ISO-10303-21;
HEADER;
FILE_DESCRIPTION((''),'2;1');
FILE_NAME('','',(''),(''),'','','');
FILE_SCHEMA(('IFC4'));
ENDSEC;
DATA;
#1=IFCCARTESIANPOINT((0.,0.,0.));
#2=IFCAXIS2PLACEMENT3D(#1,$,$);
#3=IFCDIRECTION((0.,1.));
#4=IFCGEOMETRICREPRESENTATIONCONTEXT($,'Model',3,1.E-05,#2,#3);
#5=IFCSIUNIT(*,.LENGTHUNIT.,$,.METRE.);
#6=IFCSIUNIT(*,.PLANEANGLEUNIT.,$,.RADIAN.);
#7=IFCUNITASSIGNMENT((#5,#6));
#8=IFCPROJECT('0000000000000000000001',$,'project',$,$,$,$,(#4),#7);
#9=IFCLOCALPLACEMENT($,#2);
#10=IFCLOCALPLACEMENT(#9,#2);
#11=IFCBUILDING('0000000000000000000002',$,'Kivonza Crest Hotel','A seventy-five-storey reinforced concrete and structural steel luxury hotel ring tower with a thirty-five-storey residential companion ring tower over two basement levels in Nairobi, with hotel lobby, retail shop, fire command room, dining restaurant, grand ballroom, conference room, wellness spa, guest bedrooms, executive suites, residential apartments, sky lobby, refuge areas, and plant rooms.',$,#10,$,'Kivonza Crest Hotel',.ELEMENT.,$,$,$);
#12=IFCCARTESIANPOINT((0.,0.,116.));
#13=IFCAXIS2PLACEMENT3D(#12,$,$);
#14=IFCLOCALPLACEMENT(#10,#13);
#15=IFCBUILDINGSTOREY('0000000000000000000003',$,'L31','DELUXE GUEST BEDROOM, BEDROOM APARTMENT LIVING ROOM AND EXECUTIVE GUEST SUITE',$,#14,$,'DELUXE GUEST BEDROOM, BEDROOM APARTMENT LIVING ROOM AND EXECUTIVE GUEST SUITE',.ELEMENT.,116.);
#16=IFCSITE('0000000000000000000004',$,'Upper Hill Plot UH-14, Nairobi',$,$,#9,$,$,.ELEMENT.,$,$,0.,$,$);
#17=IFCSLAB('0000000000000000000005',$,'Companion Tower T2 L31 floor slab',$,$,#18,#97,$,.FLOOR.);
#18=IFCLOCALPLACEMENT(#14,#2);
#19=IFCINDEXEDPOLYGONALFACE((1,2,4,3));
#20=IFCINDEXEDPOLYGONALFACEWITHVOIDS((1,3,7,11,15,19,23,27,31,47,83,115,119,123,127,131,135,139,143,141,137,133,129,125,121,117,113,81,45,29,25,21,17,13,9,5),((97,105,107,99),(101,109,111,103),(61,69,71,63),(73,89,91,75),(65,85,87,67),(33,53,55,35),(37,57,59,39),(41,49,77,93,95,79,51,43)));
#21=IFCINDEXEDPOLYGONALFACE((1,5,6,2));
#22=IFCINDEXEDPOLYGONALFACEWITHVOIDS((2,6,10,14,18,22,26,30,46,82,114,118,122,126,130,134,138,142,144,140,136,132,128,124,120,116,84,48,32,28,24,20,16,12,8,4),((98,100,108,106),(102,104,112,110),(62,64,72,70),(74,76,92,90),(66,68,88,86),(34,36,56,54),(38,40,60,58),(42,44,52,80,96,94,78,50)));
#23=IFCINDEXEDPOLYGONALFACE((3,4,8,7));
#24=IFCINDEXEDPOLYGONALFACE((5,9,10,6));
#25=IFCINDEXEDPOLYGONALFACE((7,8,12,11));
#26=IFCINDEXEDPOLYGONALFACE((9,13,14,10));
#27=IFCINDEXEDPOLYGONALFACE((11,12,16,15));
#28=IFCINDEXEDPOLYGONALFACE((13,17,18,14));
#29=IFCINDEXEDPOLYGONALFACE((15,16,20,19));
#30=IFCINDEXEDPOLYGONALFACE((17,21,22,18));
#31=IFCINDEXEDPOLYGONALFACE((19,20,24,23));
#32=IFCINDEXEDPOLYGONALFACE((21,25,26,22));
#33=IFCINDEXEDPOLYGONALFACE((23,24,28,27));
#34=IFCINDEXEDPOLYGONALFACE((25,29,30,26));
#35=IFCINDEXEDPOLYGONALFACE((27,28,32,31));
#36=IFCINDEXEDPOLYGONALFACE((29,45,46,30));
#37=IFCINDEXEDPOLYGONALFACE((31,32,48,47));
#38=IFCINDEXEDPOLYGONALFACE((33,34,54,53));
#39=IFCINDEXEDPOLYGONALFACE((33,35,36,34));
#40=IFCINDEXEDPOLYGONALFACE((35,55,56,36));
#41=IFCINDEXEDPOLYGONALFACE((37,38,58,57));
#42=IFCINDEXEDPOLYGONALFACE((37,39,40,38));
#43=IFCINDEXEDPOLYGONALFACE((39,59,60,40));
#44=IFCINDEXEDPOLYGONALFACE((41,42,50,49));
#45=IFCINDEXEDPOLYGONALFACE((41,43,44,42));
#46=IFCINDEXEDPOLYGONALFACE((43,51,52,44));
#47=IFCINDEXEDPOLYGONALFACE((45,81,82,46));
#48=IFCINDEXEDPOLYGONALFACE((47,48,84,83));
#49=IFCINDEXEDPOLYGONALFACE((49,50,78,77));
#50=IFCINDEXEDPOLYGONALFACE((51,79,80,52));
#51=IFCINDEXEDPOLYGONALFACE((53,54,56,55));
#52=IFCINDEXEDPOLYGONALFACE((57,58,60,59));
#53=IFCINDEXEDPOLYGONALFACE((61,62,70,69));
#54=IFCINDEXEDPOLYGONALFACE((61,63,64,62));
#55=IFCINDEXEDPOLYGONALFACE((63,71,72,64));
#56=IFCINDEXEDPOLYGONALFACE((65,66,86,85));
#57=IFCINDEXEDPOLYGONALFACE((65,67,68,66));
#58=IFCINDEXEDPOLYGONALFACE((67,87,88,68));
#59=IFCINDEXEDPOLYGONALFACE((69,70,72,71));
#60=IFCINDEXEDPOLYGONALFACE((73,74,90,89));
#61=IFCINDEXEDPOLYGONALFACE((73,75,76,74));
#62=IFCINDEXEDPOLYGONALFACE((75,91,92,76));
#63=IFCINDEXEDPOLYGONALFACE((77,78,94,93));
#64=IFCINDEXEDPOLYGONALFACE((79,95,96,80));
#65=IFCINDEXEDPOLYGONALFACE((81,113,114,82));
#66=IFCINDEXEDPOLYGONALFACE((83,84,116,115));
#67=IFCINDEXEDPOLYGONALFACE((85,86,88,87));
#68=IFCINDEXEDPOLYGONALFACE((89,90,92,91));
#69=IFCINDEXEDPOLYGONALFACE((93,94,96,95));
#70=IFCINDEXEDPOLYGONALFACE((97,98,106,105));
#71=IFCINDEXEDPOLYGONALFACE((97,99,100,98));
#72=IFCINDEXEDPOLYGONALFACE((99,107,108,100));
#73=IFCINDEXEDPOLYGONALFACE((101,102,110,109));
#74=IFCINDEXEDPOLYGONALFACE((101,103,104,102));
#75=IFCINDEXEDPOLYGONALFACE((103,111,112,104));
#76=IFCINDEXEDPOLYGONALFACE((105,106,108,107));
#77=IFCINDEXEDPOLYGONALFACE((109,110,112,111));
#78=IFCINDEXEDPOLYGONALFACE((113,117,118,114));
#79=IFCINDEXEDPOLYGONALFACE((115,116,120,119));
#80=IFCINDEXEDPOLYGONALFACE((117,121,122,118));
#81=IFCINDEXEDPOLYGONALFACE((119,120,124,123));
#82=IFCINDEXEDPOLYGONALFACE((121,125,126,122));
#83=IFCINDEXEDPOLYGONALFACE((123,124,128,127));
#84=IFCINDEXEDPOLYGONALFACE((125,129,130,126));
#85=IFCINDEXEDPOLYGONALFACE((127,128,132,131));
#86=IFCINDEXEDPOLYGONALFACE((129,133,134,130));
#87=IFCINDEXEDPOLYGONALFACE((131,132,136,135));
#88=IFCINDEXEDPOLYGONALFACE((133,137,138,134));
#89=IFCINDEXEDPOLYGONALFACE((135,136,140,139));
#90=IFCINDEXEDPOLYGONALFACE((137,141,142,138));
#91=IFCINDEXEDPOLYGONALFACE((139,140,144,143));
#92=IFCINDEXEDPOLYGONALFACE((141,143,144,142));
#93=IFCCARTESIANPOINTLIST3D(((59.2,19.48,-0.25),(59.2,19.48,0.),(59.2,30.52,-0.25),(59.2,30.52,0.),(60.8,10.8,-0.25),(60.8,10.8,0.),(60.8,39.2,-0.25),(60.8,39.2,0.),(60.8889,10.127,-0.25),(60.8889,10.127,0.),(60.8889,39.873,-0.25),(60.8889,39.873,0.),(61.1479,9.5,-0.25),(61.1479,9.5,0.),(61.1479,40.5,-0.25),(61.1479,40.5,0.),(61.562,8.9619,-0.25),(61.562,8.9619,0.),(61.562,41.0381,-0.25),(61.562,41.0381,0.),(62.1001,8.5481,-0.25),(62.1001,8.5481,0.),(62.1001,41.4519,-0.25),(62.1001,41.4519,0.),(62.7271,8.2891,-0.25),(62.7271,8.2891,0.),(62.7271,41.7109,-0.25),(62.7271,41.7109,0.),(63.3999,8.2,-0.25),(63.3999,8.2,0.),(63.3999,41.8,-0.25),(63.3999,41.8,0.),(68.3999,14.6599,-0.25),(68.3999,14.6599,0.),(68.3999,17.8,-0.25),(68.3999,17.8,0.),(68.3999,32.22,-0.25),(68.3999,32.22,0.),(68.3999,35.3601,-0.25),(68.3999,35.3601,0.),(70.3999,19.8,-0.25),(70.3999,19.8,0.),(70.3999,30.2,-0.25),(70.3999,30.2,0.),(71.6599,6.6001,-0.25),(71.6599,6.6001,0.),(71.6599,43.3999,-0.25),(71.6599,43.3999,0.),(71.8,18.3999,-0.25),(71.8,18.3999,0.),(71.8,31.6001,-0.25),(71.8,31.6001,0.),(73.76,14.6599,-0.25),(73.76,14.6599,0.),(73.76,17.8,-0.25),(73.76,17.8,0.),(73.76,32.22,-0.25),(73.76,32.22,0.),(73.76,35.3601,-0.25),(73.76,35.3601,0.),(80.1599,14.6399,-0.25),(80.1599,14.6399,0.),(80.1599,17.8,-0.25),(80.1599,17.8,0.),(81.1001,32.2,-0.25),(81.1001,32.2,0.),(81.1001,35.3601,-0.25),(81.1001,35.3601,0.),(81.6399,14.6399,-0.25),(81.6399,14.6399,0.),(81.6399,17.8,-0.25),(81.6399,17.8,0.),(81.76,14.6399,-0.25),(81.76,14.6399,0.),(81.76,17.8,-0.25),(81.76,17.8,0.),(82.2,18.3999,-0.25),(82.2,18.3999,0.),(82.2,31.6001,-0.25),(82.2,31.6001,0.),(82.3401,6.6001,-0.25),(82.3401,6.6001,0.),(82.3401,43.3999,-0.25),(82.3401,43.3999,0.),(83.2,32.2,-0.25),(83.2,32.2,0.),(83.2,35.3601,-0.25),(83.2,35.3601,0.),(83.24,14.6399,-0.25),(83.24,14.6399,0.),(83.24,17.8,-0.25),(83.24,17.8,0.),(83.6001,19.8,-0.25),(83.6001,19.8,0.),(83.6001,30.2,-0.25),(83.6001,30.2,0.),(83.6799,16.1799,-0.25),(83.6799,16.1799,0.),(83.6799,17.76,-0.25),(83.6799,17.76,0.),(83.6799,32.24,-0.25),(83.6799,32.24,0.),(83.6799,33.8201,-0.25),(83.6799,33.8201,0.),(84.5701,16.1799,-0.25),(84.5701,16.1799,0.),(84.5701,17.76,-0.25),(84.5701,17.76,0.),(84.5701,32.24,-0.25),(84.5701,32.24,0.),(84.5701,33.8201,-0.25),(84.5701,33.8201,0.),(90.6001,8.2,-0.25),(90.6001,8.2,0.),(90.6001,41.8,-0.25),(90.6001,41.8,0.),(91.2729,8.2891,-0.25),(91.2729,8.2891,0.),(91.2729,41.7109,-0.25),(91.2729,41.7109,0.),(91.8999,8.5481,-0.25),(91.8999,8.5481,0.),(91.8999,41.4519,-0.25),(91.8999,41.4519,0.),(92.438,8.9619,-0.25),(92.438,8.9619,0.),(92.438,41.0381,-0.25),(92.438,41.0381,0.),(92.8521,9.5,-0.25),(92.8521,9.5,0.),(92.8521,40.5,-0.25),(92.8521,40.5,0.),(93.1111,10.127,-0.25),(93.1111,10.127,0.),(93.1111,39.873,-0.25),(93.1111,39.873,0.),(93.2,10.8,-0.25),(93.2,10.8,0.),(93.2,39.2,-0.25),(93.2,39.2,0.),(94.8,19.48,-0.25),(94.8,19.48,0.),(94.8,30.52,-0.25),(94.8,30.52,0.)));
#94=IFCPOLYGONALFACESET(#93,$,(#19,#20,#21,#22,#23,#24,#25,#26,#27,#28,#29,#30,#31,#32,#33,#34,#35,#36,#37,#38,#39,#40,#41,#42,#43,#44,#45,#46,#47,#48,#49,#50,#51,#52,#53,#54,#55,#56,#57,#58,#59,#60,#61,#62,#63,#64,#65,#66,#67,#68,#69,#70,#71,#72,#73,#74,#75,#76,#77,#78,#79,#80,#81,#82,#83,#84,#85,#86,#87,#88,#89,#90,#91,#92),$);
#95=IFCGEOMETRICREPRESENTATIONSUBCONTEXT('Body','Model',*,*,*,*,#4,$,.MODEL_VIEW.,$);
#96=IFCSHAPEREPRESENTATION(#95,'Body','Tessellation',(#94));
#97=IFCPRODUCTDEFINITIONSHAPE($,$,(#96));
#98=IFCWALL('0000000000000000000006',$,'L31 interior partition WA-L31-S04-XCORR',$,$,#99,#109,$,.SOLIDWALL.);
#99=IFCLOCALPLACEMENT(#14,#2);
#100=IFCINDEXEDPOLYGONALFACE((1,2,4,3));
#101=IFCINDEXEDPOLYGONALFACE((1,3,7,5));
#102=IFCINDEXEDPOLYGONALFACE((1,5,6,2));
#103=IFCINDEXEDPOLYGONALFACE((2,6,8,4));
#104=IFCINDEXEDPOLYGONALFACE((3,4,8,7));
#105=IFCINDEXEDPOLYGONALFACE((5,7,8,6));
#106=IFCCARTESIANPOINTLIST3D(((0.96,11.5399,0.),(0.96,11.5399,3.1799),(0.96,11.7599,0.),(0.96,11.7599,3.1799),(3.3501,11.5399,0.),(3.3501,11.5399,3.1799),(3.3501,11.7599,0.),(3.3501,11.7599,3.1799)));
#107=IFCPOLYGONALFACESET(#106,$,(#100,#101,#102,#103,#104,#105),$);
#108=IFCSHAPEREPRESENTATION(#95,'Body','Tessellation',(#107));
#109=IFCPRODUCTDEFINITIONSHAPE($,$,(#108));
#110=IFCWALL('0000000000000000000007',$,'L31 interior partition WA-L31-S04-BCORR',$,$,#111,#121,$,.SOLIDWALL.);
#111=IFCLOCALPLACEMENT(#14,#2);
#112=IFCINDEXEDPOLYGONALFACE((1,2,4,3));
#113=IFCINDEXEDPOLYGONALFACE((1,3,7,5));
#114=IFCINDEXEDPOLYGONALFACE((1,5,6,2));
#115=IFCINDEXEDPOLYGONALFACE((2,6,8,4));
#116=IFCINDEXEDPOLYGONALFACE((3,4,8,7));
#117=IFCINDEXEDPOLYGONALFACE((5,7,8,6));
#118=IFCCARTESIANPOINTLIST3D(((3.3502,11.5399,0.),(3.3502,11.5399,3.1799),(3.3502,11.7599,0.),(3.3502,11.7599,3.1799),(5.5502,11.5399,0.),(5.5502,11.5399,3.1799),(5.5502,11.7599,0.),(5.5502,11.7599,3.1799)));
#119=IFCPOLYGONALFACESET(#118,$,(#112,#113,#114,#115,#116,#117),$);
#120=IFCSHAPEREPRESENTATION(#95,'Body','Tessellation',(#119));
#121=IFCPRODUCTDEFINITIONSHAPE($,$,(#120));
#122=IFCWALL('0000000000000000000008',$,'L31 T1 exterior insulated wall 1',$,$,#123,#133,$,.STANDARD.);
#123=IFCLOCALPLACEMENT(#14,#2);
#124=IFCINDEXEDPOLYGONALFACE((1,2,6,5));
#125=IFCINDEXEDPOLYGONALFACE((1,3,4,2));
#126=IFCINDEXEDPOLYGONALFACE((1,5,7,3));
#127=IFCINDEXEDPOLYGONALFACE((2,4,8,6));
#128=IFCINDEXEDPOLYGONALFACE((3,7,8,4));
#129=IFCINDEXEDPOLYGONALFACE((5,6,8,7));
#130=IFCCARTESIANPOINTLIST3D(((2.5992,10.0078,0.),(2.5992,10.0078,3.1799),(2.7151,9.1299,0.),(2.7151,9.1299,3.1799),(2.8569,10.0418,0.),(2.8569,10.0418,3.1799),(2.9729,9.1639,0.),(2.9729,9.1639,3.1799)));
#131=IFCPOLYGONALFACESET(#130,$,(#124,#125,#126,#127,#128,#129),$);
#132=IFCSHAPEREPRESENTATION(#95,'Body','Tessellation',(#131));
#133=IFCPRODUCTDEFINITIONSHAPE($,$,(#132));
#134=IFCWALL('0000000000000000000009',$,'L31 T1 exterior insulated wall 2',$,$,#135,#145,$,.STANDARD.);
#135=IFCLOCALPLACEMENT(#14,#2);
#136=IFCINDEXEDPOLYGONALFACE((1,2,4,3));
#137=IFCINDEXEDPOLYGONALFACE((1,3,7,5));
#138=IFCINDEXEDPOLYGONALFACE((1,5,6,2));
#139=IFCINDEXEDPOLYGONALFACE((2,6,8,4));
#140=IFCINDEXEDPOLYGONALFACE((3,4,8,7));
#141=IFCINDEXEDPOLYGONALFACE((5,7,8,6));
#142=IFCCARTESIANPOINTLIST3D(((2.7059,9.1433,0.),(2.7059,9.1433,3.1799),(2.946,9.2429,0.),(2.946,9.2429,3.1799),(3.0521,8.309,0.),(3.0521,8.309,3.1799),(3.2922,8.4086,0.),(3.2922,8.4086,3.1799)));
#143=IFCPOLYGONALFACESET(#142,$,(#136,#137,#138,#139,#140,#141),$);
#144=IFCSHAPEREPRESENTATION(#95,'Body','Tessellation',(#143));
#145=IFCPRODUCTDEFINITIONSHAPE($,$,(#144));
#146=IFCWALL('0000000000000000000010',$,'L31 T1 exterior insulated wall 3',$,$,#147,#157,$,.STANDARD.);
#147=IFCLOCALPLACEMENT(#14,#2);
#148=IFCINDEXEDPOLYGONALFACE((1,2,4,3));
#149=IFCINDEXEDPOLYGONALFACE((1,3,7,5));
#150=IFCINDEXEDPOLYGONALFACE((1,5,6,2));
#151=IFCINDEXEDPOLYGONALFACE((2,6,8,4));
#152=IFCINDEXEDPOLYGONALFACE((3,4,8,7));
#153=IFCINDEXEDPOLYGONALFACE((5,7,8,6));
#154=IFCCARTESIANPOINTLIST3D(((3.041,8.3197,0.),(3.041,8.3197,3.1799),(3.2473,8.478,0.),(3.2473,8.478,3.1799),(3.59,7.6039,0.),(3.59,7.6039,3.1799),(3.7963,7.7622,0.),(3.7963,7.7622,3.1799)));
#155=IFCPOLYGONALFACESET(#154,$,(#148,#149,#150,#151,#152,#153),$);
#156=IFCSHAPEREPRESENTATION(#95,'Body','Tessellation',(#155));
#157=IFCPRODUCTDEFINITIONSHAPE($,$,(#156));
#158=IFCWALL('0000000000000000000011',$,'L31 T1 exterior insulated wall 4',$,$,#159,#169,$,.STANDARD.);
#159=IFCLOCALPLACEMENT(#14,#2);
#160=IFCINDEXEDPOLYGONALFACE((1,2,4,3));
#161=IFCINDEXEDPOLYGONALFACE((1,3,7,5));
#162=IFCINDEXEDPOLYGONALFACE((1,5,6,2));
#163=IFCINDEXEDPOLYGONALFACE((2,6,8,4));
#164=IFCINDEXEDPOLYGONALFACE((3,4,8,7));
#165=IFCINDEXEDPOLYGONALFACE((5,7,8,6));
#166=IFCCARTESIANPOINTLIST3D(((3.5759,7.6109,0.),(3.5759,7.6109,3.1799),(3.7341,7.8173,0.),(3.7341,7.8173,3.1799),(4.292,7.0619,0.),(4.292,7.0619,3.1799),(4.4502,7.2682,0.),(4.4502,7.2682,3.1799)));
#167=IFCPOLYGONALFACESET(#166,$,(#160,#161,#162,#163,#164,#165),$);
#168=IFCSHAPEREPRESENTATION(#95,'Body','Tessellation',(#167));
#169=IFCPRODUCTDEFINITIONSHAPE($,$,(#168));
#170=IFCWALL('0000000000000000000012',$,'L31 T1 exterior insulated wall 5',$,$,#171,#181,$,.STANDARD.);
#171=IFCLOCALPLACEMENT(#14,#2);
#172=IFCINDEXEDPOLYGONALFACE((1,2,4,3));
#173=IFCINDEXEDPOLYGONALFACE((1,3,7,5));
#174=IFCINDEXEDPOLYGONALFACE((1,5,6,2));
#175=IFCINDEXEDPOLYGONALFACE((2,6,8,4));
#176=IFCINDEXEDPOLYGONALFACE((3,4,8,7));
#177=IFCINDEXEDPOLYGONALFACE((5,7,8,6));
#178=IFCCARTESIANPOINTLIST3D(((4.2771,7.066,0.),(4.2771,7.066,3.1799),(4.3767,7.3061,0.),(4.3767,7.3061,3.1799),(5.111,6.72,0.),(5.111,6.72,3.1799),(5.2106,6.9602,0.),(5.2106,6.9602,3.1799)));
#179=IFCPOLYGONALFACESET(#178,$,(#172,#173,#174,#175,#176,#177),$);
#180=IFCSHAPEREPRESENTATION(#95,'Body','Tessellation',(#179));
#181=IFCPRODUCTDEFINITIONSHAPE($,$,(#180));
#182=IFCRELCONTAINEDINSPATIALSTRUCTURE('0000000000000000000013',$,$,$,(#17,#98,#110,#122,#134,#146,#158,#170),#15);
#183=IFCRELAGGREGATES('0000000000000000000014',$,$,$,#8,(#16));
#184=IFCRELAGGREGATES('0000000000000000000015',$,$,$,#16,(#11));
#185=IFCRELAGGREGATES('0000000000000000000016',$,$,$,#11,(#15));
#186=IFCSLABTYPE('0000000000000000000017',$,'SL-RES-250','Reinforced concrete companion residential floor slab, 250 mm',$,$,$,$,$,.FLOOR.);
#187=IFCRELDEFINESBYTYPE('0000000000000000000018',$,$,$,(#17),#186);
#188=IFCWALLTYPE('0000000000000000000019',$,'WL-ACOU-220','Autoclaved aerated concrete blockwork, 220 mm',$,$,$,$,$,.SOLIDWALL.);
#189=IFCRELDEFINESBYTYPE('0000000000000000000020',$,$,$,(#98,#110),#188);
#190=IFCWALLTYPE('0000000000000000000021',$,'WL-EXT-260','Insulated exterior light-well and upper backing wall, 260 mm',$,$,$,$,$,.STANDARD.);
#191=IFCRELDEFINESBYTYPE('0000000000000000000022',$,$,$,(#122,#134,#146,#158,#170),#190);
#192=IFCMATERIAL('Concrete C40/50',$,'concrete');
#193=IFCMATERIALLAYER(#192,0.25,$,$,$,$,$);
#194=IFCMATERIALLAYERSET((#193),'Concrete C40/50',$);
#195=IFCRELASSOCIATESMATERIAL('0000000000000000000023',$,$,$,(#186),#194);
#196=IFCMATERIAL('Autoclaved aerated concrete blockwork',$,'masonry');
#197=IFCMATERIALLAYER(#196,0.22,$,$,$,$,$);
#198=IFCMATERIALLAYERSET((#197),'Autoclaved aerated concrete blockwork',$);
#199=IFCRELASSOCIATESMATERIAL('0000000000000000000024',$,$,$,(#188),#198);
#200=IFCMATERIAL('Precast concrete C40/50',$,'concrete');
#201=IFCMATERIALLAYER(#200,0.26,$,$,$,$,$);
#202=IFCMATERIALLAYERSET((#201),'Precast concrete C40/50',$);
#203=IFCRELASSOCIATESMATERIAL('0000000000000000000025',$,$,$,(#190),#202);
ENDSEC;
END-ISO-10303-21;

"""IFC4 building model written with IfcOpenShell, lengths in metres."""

from ifc_helpers import new_model, si_unit, direction, frame, frame_2d, origin, place, context, subcontext, project, spatial, polyline, rectangle, outline, extrude, material, layer, layer_set, type_object, element, save


model = new_model("IFC4")

# Units and contexts
model_context = context("Model", 3, precision=1e-05, world=origin(), true_north=direction((0.0, 1.0)))
body_context = subcontext(model_context, "Body", "Model", "MODEL_VIEW")
ifc_project = project(units=[si_unit("LENGTHUNIT", "METRE"), si_unit("PLANEANGLEUNIT", "RADIAN")], contexts=[model_context])

# Site, building, storey
site_placement = place(None, origin())
site = spatial("IfcSite", under=ifc_project, at=site_placement, Name="Upper Hill Plot UH-14, Nairobi", CompositionType="ELEMENT", RefElevation=0.0)
building_placement = place(site_placement, origin())
building = spatial("IfcBuilding", under=site, at=building_placement, Name="Kivonza Crest Hotel", Description="A seventy-five-storey reinforced concrete and structural steel luxury hotel ring tower with a thirty-five-storey residential companion ring tower over two basement levels in Nairobi, with hotel lobby, retail shop, fire command room, dining restaurant, grand ballroom, conference room, wellness spa, guest bedrooms, executive suites, residential apartments, sky lobby, refuge areas, and plant rooms.", LongName="Kivonza Crest Hotel", CompositionType="ELEMENT")
storey_placement = place(building_placement, frame((0.0, 0.0, 116.0)))
storey = spatial("IfcBuildingStorey", under=building, at=storey_placement, Name="L31", Description="DELUXE GUEST BEDROOM, BEDROOM APARTMENT LIVING ROOM AND EXECUTIVE GUEST SUITE", LongName="DELUXE GUEST BEDROOM, BEDROOM APARTMENT LIVING ROOM AND EXECUTIVE GUEST SUITE", CompositionType="ELEMENT", Elevation=116.0)

# Shared definitions
ifc_material_1 = material(Name="Concrete C40/50", Category="concrete")

# Slab
ifc_layer_1 = layer(ifc_material_1, 0.25)
ifc_layer_set_1 = layer_set([ifc_layer_1], Name="Concrete C40/50")
slab_type_1 = type_object("IfcSlabType", Name="SL-RES-250", Description="Reinforced concrete companion residential floor slab, 250 mm", PredefinedType="FLOOR", material=ifc_layer_set_1)
slab_1_placement = place(storey_placement, frame((0.0, 0.0, -0.25)))
element("IfcSlab", 1, at=slab_1_placement, inside=storey, type_object=slab_type_1, Name="Companion Tower T2 L31 floor slab", PredefinedType="FLOOR", context=body_context, shape_type="SweptSolid", body=[
    extrude(outline(polyline([(60.8, 10.8), (60.8889, 10.127), (61.1479, 9.5), (61.562, 8.9619), (62.1001, 8.5481), (62.7271, 8.2891), (63.3999, 8.2), (71.6599, 6.6001), (82.3401, 6.6001), (90.6001, 8.2), (91.2729, 8.2891), (91.8999, 8.5481), (92.438, 8.9619), (92.8521, 9.5), (93.1111, 10.127), (93.2, 10.8), (94.8, 19.48), (94.8, 30.52), (93.2, 39.2), (93.1111, 39.873), (92.8521, 40.5), (92.438, 41.0381), (91.8999, 41.4519), (91.2729, 41.7109), (90.6001, 41.8), (82.3401, 43.3999), (71.6599, 43.3999), (63.3999, 41.8), (62.7271, 41.7109), (62.1001, 41.4519), (61.562, 41.0381), (61.1479, 40.5), (60.8889, 39.873), (60.8, 39.2), (59.2, 30.52), (59.2, 19.48), (60.8, 10.8)]), holes=[polyline([(71.8, 18.3999), (82.2, 18.3999), (83.6001, 19.8), (83.6001, 30.2), (82.2, 31.6001), (71.8, 31.6001), (70.3999, 30.2), (70.3999, 19.8), (71.8, 18.3999)]), polyline([(68.3999, 32.22), (73.76, 32.22), (73.76, 35.3601), (68.3999, 35.3601), (68.3999, 32.22)]), polyline([(68.3999, 14.6599), (73.76, 14.6599), (73.76, 17.8), (68.3999, 17.8), (68.3999, 14.6599)]), polyline([(83.6799, 32.24), (84.5701, 32.24), (84.5701, 33.8201), (83.6799, 33.8201), (83.6799, 32.24)]), polyline([(83.6799, 16.1799), (84.5701, 16.1799), (84.5701, 17.76), (83.6799, 17.76), (83.6799, 16.1799)]), polyline([(81.1001, 32.2), (83.2, 32.2), (83.2, 35.3601), (81.1001, 35.3601), (81.1001, 32.2)]), polyline([(80.1599, 14.6399), (81.6399, 14.6399), (81.6399, 17.8), (80.1599, 17.8), (80.1599, 14.6399)]), polyline([(81.76, 14.6399), (83.24, 14.6399), (83.24, 17.8), (81.76, 17.8), (81.76, 14.6399)])]), origin(), (0.0, 0.0, 1.0), 0.25),
])

# Walls
ifc_material_2 = material(Name="Autoclaved aerated concrete blockwork", Category="masonry")
ifc_layer_2 = layer(ifc_material_2, 0.22)
ifc_layer_set_2 = layer_set([ifc_layer_2], Name="Autoclaved aerated concrete blockwork")
wall_type_1 = type_object("IfcWallType", Name="WL-ACOU-220", Description="Autoclaved aerated concrete blockwork, 220 mm", PredefinedType="SOLIDWALL", material=ifc_layer_set_2)
wall_1_placement = place(storey_placement, frame((0.96, 11.6499, 0.0), z_axis=(0.0, 0.0, 1.0), x_axis=(1.0, 0.0, 0.0)))
element("IfcWall", 2, at=wall_1_placement, inside=storey, type_object=wall_type_1, Name="L31 interior partition WA-L31-S04-XCORR", PredefinedType="SOLIDWALL", context=body_context, shape_type="SweptSolid", body=[
    extrude(rectangle(XDim=2.3901, YDim=0.22, at=frame_2d((1.1951, 0.0))), origin(), (0.0, 0.0, 1.0), 3.1799),
])
wall_2_placement = place(storey_placement, frame((3.3501, 11.6499, 0.0), z_axis=(0.0, 0.0, 1.0), x_axis=(1.0, 0.0, 0.0)))
element("IfcWall", 3, at=wall_2_placement, inside=storey, type_object=wall_type_1, Name="L31 interior partition WA-L31-S04-BCORR", PredefinedType="SOLIDWALL", context=body_context, shape_type="SweptSolid", body=[
    extrude(rectangle(XDim=2.2, YDim=0.22, at=frame_2d((1.1001, 0.0))), origin(), (0.0, 0.0, 1.0), 3.1799),
])
ifc_material_3 = material(Name="Precast concrete C40/50", Category="concrete")
ifc_layer_3 = layer(ifc_material_3, 0.26)
ifc_layer_set_3 = layer_set([ifc_layer_3], Name="Precast concrete C40/50")
wall_type_2 = type_object("IfcWallType", Name="WL-EXT-260", Description="Insulated exterior light-well and upper backing wall, 260 mm", PredefinedType="STANDARD", material=ifc_layer_set_3)
wall_3_placement = place(storey_placement, frame((2.728, 10.0249, 0.0), z_axis=(0.0, 0.0, 1.0), x_axis=(0.130954, -0.991388, 0.0)))
element("IfcWall", 4, at=wall_3_placement, inside=storey, type_object=wall_type_2, Name="L31 T1 exterior insulated wall 1", PredefinedType="STANDARD", context=body_context, shape_type="SweptSolid", body=[
    extrude(rectangle(XDim=0.8855, YDim=0.26, at=frame_2d((0.4429, 0.0))), origin(), (0.0, 0.0, 1.0), 3.1799),
])
wall_4_placement = place(storey_placement, frame((2.8259, 9.1931, 0.0), z_axis=(0.0, 0.0, 1.0), x_axis=(0.383291, -0.923628, 0.0)))
element("IfcWall", 5, at=wall_4_placement, inside=storey, type_object=wall_type_2, Name="L31 T1 exterior insulated wall 2", PredefinedType="STANDARD", context=body_context, shape_type="SweptSolid", body=[
    extrude(rectangle(XDim=0.9033, YDim=0.26, at=frame_2d((0.4517, 0.0))), origin(), (0.0, 0.0, 1.0), 3.1799),
])
wall_5_placement = place(storey_placement, frame((3.144, 8.3989, 0.0), z_axis=(0.0, 0.0, 1.0), x_axis=(0.608625, -0.793458, 0.0)))
element("IfcWall", 6, at=wall_5_placement, inside=storey, type_object=wall_type_2, Name="L31 T1 exterior insulated wall 3", PredefinedType="STANDARD", context=body_context, shape_type="SweptSolid", body=[
    extrude(rectangle(XDim=0.9021, YDim=0.26, at=frame_2d((0.4512, 0.0))), origin(), (0.0, 0.0, 1.0), 3.1799),
])
wall_6_placement = place(storey_placement, frame((3.655, 7.7141, 0.0), z_axis=(0.0, 0.0, 1.0), x_axis=(0.793558, -0.608494, 0.0)))
element("IfcWall", 7, at=wall_6_placement, inside=storey, type_object=wall_type_2, Name="L31 T1 exterior insulated wall 4", PredefinedType="STANDARD", context=body_context, shape_type="SweptSolid", body=[
    extrude(rectangle(XDim=0.9023, YDim=0.26, at=frame_2d((0.4512, 0.0))), origin(), (0.0, 0.0, 1.0), 3.1799),
])
wall_7_placement = place(storey_placement, frame((4.3269, 7.186, 0.0), z_axis=(0.0, 0.0, 1.0), x_axis=(0.923684, -0.383156, 0.0)))
element("IfcWall", 8, at=wall_7_placement, inside=storey, type_object=wall_type_2, Name="L31 T1 exterior insulated wall 5", PredefinedType="STANDARD", context=body_context, shape_type="SweptSolid", body=[
    extrude(rectangle(XDim=0.9028, YDim=0.26, at=frame_2d((0.4514, 0.0))), origin(), (0.0, 0.0, 1.0), 3.1799),
])

save(model, "model.ifc")
